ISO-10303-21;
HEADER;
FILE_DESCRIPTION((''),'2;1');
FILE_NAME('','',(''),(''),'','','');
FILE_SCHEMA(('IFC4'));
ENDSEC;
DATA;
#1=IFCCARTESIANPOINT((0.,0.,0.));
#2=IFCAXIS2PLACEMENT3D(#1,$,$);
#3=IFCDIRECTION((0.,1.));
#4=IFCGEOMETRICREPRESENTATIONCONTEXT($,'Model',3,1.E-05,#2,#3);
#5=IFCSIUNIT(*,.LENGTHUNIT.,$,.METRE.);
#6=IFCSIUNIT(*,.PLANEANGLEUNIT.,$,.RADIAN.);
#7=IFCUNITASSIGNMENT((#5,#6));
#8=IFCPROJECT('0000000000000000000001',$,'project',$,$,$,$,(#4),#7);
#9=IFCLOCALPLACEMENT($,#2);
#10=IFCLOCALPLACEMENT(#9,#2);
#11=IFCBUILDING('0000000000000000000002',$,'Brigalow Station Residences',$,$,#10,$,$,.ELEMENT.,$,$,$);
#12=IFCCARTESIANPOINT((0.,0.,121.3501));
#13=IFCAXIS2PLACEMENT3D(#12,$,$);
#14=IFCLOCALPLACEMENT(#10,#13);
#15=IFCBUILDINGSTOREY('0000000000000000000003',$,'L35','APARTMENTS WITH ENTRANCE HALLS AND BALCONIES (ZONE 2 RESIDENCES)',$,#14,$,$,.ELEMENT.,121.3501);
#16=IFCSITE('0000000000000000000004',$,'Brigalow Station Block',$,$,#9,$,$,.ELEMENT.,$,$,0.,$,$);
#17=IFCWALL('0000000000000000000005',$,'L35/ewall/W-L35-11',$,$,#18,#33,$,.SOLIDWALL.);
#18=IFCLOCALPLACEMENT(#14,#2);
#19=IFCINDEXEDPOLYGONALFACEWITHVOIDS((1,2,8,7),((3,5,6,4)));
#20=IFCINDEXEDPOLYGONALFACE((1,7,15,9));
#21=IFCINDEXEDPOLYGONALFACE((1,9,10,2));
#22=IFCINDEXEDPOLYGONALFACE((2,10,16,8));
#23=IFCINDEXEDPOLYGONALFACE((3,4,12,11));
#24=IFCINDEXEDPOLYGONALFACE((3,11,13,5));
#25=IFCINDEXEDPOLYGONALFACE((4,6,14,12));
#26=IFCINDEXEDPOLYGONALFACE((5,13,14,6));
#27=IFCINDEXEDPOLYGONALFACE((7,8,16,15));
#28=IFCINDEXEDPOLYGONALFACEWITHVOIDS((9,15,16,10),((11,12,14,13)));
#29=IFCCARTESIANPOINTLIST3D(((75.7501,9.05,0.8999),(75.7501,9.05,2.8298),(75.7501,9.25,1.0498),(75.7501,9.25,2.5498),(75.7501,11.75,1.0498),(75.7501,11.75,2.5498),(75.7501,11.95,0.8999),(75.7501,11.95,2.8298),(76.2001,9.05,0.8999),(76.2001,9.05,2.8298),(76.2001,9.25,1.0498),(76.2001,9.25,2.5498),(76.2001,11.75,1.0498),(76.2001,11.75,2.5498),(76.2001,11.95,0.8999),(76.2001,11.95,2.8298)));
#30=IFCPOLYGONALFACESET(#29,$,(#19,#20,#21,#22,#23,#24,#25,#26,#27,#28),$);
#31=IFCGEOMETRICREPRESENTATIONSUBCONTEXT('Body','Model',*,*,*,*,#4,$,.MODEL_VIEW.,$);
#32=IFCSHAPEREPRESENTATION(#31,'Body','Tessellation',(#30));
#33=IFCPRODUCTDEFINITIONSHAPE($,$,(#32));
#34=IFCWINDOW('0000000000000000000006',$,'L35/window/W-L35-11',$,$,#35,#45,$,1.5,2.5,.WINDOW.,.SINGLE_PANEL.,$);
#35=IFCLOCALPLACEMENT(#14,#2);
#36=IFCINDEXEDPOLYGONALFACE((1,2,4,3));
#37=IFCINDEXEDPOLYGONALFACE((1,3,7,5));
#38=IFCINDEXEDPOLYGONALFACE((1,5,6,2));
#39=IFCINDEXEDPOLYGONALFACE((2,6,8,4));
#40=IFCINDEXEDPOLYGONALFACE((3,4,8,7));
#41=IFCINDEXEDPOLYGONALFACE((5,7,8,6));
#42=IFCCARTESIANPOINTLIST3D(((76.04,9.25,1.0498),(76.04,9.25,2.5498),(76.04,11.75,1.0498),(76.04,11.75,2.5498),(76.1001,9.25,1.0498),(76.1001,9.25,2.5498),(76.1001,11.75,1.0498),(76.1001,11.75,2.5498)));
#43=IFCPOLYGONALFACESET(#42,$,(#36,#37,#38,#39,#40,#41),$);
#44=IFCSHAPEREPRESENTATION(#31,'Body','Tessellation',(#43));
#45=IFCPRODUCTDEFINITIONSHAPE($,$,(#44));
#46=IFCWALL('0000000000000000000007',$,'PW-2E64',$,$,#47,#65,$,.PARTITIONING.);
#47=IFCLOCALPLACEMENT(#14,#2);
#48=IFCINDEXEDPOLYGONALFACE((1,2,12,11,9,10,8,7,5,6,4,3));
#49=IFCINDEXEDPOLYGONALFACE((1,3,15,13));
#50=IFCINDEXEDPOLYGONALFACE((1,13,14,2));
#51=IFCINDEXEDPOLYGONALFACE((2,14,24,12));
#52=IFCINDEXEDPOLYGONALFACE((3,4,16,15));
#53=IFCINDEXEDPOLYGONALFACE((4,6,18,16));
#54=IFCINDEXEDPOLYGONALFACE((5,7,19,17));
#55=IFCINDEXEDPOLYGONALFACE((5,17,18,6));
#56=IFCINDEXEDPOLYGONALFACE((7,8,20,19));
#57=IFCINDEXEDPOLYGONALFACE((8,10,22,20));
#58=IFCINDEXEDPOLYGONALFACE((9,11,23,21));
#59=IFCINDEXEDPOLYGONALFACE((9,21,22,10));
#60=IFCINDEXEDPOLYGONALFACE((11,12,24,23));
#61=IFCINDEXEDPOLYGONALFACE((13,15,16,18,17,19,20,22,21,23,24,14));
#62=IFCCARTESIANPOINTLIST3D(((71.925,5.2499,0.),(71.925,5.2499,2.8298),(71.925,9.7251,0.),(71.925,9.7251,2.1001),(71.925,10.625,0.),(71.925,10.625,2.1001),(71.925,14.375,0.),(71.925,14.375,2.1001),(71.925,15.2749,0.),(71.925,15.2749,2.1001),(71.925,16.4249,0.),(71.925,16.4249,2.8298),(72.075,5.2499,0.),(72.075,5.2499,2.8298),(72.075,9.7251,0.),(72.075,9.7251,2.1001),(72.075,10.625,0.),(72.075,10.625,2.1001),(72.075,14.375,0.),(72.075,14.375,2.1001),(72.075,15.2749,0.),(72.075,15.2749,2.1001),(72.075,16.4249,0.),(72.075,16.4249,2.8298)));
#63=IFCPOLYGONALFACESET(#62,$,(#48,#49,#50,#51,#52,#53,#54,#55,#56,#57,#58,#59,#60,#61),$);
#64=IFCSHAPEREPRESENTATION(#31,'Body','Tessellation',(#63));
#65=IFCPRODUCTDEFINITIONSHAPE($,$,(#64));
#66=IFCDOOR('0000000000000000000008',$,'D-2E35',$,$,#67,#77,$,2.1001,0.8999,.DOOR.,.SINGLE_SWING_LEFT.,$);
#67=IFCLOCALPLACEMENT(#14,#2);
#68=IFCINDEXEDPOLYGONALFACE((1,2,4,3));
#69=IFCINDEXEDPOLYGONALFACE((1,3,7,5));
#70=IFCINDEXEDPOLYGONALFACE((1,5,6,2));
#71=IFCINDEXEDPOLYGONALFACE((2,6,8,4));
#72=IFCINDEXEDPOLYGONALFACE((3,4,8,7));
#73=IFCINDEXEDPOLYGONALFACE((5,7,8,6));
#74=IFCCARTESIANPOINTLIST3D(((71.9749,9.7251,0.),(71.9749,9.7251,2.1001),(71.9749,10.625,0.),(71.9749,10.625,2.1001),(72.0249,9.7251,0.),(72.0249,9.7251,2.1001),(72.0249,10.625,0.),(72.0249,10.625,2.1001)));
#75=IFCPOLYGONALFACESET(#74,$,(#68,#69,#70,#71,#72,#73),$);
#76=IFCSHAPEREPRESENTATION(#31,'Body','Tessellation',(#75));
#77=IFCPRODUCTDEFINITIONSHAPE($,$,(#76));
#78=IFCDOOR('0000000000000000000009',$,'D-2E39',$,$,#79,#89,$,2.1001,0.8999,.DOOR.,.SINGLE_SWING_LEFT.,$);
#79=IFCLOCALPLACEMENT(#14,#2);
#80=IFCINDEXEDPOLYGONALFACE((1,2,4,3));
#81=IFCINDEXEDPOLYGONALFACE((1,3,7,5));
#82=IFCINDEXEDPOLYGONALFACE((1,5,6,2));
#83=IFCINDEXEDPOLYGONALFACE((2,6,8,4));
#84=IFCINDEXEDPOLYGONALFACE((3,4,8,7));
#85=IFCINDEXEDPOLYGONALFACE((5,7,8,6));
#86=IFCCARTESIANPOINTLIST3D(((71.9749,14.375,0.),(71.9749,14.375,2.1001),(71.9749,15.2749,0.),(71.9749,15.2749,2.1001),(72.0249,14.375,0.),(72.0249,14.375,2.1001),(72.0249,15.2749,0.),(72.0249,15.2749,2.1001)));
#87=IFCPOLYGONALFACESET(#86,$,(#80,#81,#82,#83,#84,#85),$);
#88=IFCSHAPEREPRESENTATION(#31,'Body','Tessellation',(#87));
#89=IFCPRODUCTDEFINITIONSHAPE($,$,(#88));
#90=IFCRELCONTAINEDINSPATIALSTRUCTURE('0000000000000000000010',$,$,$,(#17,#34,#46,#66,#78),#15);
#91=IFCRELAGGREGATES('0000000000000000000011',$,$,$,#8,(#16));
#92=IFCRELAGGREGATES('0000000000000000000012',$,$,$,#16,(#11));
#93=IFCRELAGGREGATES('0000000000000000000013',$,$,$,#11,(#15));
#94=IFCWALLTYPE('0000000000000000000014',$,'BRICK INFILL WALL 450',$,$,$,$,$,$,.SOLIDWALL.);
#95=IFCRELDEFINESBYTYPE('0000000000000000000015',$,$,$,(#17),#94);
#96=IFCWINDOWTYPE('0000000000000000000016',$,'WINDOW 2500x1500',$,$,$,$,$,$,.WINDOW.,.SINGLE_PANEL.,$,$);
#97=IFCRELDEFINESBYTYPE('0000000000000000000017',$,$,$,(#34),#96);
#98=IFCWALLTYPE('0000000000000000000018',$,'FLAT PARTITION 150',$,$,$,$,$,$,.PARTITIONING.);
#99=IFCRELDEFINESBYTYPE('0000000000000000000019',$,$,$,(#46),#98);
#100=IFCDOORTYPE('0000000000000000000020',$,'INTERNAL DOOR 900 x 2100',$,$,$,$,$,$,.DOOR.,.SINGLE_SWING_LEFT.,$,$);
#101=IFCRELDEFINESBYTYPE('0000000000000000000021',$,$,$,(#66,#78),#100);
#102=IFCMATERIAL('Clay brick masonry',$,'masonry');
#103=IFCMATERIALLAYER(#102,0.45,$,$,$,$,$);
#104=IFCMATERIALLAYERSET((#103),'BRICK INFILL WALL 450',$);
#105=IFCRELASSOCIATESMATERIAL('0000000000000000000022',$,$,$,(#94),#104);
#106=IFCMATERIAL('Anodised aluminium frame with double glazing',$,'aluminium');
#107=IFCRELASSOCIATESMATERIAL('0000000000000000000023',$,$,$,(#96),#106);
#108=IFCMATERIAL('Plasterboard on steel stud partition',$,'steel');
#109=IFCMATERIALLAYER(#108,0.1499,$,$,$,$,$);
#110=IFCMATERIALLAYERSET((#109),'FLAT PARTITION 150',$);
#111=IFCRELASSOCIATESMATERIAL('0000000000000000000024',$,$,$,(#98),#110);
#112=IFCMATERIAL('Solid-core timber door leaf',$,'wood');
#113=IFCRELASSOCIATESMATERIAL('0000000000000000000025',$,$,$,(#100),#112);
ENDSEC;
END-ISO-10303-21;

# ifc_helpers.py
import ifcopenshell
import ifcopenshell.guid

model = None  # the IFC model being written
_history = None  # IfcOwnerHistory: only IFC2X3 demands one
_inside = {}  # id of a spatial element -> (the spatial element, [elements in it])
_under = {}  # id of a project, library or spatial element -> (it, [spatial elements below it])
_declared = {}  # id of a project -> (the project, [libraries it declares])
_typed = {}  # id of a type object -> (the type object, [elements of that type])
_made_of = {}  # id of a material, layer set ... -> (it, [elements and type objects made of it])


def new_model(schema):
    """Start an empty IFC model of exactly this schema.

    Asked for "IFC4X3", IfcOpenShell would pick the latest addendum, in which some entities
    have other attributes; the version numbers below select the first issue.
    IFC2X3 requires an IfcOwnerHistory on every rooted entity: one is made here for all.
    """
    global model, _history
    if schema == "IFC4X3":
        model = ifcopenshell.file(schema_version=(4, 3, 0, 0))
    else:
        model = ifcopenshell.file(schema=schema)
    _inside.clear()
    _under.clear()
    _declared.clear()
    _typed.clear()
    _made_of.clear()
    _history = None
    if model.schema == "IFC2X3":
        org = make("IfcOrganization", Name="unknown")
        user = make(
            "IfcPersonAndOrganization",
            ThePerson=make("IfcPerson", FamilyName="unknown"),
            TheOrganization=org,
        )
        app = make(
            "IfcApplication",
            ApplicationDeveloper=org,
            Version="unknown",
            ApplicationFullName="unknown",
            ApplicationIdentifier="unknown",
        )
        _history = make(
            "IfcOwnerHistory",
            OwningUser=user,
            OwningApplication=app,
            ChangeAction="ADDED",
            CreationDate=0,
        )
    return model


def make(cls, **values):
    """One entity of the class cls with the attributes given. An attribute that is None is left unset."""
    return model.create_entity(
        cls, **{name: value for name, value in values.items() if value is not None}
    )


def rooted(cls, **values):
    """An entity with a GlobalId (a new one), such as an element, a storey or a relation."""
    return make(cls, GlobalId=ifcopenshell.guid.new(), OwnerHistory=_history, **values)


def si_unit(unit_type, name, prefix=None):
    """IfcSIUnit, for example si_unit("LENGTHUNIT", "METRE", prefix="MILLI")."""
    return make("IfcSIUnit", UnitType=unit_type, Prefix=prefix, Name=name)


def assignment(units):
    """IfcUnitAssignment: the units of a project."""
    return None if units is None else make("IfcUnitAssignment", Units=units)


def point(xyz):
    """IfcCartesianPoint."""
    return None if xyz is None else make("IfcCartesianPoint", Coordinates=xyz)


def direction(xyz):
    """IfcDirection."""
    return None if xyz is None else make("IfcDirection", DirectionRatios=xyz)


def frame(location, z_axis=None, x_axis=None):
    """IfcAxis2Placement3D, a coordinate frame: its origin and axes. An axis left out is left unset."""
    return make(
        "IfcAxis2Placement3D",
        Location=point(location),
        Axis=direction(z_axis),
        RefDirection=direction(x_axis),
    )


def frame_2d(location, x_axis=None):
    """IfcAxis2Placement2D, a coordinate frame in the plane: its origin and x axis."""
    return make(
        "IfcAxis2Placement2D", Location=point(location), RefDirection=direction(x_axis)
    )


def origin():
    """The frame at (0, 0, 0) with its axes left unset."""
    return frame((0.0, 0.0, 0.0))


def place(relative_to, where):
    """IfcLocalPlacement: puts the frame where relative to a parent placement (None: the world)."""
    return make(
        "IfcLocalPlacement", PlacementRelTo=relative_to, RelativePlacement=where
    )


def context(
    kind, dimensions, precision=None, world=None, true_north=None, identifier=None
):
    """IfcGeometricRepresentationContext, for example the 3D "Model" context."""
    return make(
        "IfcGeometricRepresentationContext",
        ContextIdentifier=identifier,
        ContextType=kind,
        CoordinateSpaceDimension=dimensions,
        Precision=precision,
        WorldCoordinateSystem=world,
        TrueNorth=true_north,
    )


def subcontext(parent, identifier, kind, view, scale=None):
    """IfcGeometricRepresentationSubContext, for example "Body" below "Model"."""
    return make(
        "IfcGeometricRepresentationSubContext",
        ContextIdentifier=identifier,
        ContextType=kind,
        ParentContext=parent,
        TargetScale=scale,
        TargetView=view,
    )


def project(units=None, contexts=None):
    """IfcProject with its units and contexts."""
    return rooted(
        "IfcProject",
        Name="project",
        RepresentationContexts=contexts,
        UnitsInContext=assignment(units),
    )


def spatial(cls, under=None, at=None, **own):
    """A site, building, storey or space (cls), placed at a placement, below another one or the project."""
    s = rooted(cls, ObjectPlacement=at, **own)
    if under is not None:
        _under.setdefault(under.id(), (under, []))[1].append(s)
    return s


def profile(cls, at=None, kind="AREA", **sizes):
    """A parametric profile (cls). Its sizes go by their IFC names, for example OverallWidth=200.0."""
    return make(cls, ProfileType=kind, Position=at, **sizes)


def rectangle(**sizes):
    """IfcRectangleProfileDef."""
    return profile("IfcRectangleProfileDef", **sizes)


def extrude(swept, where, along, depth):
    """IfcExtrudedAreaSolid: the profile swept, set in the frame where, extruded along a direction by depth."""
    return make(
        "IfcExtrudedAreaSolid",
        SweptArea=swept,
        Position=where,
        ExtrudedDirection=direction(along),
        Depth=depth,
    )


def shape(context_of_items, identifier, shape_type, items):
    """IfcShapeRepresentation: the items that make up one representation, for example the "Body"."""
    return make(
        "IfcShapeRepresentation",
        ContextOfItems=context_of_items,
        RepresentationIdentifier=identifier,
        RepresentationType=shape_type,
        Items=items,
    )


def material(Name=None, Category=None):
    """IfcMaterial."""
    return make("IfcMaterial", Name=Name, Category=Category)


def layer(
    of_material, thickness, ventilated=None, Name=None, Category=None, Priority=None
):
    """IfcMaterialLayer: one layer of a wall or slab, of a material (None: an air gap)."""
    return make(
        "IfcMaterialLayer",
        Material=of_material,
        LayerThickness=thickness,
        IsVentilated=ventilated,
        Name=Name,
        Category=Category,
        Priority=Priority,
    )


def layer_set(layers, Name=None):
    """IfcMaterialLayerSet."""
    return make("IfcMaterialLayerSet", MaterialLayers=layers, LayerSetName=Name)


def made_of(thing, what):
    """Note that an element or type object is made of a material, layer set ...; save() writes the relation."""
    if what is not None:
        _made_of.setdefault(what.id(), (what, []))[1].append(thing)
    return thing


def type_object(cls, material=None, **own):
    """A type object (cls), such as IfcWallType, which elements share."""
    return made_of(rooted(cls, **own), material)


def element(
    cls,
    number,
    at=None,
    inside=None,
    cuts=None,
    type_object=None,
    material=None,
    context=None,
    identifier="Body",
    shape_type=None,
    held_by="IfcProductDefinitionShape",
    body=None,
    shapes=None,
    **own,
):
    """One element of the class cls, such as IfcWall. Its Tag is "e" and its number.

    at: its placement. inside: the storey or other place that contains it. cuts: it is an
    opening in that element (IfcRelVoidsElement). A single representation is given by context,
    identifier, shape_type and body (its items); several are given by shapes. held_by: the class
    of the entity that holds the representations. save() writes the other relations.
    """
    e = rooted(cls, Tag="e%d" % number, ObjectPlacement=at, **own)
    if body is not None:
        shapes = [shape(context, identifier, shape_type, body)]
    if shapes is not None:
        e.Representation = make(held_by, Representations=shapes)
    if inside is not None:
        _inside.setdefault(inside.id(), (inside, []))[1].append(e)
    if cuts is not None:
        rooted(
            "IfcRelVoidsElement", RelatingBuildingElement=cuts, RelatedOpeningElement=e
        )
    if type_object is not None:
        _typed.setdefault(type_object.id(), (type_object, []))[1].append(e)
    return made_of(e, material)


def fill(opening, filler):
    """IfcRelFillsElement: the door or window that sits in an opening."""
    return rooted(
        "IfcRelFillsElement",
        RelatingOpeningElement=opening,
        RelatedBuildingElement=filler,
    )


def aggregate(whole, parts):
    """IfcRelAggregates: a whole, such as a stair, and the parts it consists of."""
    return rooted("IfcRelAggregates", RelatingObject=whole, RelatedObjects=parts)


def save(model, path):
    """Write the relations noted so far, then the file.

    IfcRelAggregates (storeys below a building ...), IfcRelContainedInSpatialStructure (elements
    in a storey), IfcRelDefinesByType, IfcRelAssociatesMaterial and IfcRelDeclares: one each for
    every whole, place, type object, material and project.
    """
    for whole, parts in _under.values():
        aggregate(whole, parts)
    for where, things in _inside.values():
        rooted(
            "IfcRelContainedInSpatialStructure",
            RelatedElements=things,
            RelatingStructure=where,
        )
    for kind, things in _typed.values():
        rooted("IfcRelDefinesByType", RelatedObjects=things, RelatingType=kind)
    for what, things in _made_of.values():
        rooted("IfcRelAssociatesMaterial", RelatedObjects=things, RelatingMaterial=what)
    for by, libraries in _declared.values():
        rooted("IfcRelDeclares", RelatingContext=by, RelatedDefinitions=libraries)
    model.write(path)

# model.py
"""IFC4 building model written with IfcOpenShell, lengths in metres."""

from ifc_helpers import new_model, si_unit, direction, frame, frame_2d, origin, place, context, subcontext, project, spatial, rectangle, extrude, material, layer, layer_set, type_object, element, fill, save


model = new_model("IFC4")

# Units and contexts
model_context = context("Model", 3, precision=1e-05, world=origin(), true_north=direction((0.0, 1.0)))
body_context = subcontext(model_context, "Body", "Model", "MODEL_VIEW")
ifc_project = project(units=[si_unit("LENGTHUNIT", "METRE"), si_unit("PLANEANGLEUNIT", "RADIAN")], contexts=[model_context])

# Site, building, storey
site_placement = place(None, origin())
site = spatial("IfcSite", under=ifc_project, at=site_placement, Name="Brigalow Station Block", CompositionType="ELEMENT", RefElevation=0.0)
building_placement = place(site_placement, origin())
building = spatial("IfcBuilding", under=site, at=building_placement, Name="Brigalow Station Residences", CompositionType="ELEMENT")
storey_placement = place(building_placement, frame((0.0, 0.0, 121.3501)))
storey = spatial("IfcBuildingStorey", under=building, at=storey_placement, Name="L35", Description="APARTMENTS WITH ENTRANCE HALLS AND BALCONIES (ZONE 2 RESIDENCES)", CompositionType="ELEMENT", Elevation=121.3501)

# Wall, opening, window
ifc_material_1 = material(Name="Clay brick masonry", Category="masonry")
ifc_layer_1 = layer(ifc_material_1, 0.45)
ifc_layer_set_1 = layer_set([ifc_layer_1], Name="BRICK INFILL WALL 450")
wall_type_1 = type_object("IfcWallType", Name="BRICK INFILL WALL 450", PredefinedType="SOLIDWALL", material=ifc_layer_set_1)
wall_1_placement = place(storey_placement, frame((75.9751, 9.05, 0.8999), z_axis=(0.0, 0.0, 1.0), x_axis=(0.0, 1.0, 0.0)))
wall_1 = element("IfcWall", 1, at=wall_1_placement, inside=storey, type_object=wall_type_1, Name="L35/ewall/W-L35-11", PredefinedType="SOLIDWALL", context=body_context, shape_type="SweptSolid", body=[
    extrude(rectangle(XDim=2.8999, YDim=0.45, at=frame_2d((1.45, 0.0))), origin(), (0.0, 0.0, 1.0), 1.9299),
])
opening_1_placement = place(wall_1_placement, frame((0.2, 0.0, 0.1499)))
opening_1 = element("IfcOpeningElement", 2, at=opening_1_placement, cuts=wall_1, PredefinedType="OPENING", context=body_context, shape_type="SweptSolid", body=[
    extrude(rectangle(XDim=2.5, YDim=1.5, at=frame_2d((1.25, 0.75))), frame((0.0, 0.2349, 0.0), z_axis=(0.0, -1.0, 0.0), x_axis=(1.0, 0.0, 0.0)), (0.0, 0.0, 1.0), 0.47),
])
ifc_material_2 = material(Name="Anodised aluminium frame with double glazing", Category="aluminium")
window_type_1 = type_object("IfcWindowType", Name="WINDOW 2500x1500", PartitioningType="SINGLE_PANEL", PredefinedType="WINDOW", material=ifc_material_2)
window_1_placement = place(opening_1_placement, origin())
window_1 = element("IfcWindow", 3, at=window_1_placement, inside=storey, type_object=window_type_1, Name="L35/window/W-L35-11", OverallHeight=1.5, OverallWidth=2.5, PartitioningType="SINGLE_PANEL", PredefinedType="WINDOW", context=body_context, shape_type="SweptSolid", body=[
    extrude(rectangle(XDim=2.5, YDim=1.5, at=frame_2d((1.25, 0.75))), frame((0.0, -0.0649, 0.0), z_axis=(0.0, -1.0, 0.0), x_axis=(1.0, 0.0, 0.0)), (0.0, 0.0, 1.0), 0.0601),
])
fill(opening_1, window_1)

# Wall, openings, doors
ifc_material_3 = material(Name="Plasterboard on steel stud partition", Category="steel")
ifc_layer_2 = layer(ifc_material_3, 0.1499)
ifc_layer_set_2 = layer_set([ifc_layer_2], Name="FLAT PARTITION 150")
wall_type_2 = type_object("IfcWallType", Name="FLAT PARTITION 150", PredefinedType="PARTITIONING", material=ifc_layer_set_2)
wall_2_placement = place(storey_placement, frame((72.0, 5.25, 0.0), z_axis=(0.0, 0.0, 1.0), x_axis=(0.0, 1.0, 0.0)))
wall_2 = element("IfcWall", 4, at=wall_2_placement, inside=storey, type_object=wall_type_2, Name="PW-2E64", PredefinedType="PARTITIONING", context=body_context, shape_type="SweptSolid", body=[
    extrude(rectangle(XDim=11.175, YDim=0.1499, at=frame_2d((5.5874, 0.0))), origin(), (0.0, 0.0, 1.0), 2.8298),
])
opening_2_placement = place(wall_2_placement, frame((4.4751, 0.0, 0.0)))
opening_2 = element("IfcOpeningElement", 5, at=opening_2_placement, cuts=wall_2, PredefinedType="OPENING", context=body_context, shape_type="SweptSolid", body=[
    extrude(rectangle(XDim=0.8999, YDim=2.1001, at=frame_2d((0.45, 1.05))), frame((0.0, 0.085, 0.0), z_axis=(0.0, -1.0, 0.0), x_axis=(1.0, 0.0, 0.0)), (0.0, 0.0, 1.0), 0.1699),
])
opening_3_placement = place(wall_2_placement, frame((9.125, 0.0, 0.0)))
opening_3 = element("IfcOpeningElement", 6, at=opening_3_placement, cuts=wall_2, PredefinedType="OPENING", context=body_context, shape_type="SweptSolid", body=[
    extrude(rectangle(XDim=0.8999, YDim=2.1001, at=frame_2d((0.45, 1.05))), frame((0.0, 0.085, 0.0), z_axis=(0.0, -1.0, 0.0), x_axis=(1.0, 0.0, 0.0)), (0.0, 0.0, 1.0), 0.1699),
])
ifc_material_4 = material(Name="Solid-core timber door leaf", Category="wood")
door_type = type_object("IfcDoorType", Name="INTERNAL DOOR 900 x 2100", OperationType="SINGLE_SWING_LEFT", PredefinedType="DOOR", material=ifc_material_4)
door_1_placement = place(opening_2_placement, frame((0.8999, 0.0, 0.0), z_axis=(0.0, 0.0, 1.0), x_axis=(-1.0, 0.0, 0.0)))
door_1 = element("IfcDoor", 7, at=door_1_placement, inside=storey, type_object=door_type, Name="D-2E35", OperationType="SINGLE_SWING_LEFT", OverallHeight=2.1001, OverallWidth=0.8999, PredefinedType="DOOR", context=body_context, shape_type="SweptSolid", body=[
    extrude(rectangle(XDim=0.8999, YDim=2.1001, at=frame_2d((0.45, 1.05))), frame((0.0, 0.0249, 0.0), z_axis=(0.0, -1.0, 0.0), x_axis=(1.0, 0.0, 0.0)), (0.0, 0.0, 1.0), 0.05),
])
fill(opening_2, door_1)
door_2_placement = place(opening_3_placement, frame((0.8999, 0.0, 0.0), z_axis=(0.0, 0.0, 1.0), x_axis=(-1.0, 0.0, 0.0)))
door_2 = element("IfcDoor", 8, at=door_2_placement, inside=storey, type_object=door_type, Name="D-2E39", OperationType="SINGLE_SWING_LEFT", OverallHeight=2.1001, OverallWidth=0.8999, PredefinedType="DOOR", context=body_context, shape_type="SweptSolid", body=[
    extrude(rectangle(XDim=0.8999, YDim=2.1001, at=frame_2d((0.45, 1.05))), frame((0.0, 0.0249, 0.0), z_axis=(0.0, -1.0, 0.0), x_axis=(1.0, 0.0, 0.0)), (0.0, 0.0, 1.0), 0.05),
])
fill(opening_3, door_2)

save(model, "model.ifc")
